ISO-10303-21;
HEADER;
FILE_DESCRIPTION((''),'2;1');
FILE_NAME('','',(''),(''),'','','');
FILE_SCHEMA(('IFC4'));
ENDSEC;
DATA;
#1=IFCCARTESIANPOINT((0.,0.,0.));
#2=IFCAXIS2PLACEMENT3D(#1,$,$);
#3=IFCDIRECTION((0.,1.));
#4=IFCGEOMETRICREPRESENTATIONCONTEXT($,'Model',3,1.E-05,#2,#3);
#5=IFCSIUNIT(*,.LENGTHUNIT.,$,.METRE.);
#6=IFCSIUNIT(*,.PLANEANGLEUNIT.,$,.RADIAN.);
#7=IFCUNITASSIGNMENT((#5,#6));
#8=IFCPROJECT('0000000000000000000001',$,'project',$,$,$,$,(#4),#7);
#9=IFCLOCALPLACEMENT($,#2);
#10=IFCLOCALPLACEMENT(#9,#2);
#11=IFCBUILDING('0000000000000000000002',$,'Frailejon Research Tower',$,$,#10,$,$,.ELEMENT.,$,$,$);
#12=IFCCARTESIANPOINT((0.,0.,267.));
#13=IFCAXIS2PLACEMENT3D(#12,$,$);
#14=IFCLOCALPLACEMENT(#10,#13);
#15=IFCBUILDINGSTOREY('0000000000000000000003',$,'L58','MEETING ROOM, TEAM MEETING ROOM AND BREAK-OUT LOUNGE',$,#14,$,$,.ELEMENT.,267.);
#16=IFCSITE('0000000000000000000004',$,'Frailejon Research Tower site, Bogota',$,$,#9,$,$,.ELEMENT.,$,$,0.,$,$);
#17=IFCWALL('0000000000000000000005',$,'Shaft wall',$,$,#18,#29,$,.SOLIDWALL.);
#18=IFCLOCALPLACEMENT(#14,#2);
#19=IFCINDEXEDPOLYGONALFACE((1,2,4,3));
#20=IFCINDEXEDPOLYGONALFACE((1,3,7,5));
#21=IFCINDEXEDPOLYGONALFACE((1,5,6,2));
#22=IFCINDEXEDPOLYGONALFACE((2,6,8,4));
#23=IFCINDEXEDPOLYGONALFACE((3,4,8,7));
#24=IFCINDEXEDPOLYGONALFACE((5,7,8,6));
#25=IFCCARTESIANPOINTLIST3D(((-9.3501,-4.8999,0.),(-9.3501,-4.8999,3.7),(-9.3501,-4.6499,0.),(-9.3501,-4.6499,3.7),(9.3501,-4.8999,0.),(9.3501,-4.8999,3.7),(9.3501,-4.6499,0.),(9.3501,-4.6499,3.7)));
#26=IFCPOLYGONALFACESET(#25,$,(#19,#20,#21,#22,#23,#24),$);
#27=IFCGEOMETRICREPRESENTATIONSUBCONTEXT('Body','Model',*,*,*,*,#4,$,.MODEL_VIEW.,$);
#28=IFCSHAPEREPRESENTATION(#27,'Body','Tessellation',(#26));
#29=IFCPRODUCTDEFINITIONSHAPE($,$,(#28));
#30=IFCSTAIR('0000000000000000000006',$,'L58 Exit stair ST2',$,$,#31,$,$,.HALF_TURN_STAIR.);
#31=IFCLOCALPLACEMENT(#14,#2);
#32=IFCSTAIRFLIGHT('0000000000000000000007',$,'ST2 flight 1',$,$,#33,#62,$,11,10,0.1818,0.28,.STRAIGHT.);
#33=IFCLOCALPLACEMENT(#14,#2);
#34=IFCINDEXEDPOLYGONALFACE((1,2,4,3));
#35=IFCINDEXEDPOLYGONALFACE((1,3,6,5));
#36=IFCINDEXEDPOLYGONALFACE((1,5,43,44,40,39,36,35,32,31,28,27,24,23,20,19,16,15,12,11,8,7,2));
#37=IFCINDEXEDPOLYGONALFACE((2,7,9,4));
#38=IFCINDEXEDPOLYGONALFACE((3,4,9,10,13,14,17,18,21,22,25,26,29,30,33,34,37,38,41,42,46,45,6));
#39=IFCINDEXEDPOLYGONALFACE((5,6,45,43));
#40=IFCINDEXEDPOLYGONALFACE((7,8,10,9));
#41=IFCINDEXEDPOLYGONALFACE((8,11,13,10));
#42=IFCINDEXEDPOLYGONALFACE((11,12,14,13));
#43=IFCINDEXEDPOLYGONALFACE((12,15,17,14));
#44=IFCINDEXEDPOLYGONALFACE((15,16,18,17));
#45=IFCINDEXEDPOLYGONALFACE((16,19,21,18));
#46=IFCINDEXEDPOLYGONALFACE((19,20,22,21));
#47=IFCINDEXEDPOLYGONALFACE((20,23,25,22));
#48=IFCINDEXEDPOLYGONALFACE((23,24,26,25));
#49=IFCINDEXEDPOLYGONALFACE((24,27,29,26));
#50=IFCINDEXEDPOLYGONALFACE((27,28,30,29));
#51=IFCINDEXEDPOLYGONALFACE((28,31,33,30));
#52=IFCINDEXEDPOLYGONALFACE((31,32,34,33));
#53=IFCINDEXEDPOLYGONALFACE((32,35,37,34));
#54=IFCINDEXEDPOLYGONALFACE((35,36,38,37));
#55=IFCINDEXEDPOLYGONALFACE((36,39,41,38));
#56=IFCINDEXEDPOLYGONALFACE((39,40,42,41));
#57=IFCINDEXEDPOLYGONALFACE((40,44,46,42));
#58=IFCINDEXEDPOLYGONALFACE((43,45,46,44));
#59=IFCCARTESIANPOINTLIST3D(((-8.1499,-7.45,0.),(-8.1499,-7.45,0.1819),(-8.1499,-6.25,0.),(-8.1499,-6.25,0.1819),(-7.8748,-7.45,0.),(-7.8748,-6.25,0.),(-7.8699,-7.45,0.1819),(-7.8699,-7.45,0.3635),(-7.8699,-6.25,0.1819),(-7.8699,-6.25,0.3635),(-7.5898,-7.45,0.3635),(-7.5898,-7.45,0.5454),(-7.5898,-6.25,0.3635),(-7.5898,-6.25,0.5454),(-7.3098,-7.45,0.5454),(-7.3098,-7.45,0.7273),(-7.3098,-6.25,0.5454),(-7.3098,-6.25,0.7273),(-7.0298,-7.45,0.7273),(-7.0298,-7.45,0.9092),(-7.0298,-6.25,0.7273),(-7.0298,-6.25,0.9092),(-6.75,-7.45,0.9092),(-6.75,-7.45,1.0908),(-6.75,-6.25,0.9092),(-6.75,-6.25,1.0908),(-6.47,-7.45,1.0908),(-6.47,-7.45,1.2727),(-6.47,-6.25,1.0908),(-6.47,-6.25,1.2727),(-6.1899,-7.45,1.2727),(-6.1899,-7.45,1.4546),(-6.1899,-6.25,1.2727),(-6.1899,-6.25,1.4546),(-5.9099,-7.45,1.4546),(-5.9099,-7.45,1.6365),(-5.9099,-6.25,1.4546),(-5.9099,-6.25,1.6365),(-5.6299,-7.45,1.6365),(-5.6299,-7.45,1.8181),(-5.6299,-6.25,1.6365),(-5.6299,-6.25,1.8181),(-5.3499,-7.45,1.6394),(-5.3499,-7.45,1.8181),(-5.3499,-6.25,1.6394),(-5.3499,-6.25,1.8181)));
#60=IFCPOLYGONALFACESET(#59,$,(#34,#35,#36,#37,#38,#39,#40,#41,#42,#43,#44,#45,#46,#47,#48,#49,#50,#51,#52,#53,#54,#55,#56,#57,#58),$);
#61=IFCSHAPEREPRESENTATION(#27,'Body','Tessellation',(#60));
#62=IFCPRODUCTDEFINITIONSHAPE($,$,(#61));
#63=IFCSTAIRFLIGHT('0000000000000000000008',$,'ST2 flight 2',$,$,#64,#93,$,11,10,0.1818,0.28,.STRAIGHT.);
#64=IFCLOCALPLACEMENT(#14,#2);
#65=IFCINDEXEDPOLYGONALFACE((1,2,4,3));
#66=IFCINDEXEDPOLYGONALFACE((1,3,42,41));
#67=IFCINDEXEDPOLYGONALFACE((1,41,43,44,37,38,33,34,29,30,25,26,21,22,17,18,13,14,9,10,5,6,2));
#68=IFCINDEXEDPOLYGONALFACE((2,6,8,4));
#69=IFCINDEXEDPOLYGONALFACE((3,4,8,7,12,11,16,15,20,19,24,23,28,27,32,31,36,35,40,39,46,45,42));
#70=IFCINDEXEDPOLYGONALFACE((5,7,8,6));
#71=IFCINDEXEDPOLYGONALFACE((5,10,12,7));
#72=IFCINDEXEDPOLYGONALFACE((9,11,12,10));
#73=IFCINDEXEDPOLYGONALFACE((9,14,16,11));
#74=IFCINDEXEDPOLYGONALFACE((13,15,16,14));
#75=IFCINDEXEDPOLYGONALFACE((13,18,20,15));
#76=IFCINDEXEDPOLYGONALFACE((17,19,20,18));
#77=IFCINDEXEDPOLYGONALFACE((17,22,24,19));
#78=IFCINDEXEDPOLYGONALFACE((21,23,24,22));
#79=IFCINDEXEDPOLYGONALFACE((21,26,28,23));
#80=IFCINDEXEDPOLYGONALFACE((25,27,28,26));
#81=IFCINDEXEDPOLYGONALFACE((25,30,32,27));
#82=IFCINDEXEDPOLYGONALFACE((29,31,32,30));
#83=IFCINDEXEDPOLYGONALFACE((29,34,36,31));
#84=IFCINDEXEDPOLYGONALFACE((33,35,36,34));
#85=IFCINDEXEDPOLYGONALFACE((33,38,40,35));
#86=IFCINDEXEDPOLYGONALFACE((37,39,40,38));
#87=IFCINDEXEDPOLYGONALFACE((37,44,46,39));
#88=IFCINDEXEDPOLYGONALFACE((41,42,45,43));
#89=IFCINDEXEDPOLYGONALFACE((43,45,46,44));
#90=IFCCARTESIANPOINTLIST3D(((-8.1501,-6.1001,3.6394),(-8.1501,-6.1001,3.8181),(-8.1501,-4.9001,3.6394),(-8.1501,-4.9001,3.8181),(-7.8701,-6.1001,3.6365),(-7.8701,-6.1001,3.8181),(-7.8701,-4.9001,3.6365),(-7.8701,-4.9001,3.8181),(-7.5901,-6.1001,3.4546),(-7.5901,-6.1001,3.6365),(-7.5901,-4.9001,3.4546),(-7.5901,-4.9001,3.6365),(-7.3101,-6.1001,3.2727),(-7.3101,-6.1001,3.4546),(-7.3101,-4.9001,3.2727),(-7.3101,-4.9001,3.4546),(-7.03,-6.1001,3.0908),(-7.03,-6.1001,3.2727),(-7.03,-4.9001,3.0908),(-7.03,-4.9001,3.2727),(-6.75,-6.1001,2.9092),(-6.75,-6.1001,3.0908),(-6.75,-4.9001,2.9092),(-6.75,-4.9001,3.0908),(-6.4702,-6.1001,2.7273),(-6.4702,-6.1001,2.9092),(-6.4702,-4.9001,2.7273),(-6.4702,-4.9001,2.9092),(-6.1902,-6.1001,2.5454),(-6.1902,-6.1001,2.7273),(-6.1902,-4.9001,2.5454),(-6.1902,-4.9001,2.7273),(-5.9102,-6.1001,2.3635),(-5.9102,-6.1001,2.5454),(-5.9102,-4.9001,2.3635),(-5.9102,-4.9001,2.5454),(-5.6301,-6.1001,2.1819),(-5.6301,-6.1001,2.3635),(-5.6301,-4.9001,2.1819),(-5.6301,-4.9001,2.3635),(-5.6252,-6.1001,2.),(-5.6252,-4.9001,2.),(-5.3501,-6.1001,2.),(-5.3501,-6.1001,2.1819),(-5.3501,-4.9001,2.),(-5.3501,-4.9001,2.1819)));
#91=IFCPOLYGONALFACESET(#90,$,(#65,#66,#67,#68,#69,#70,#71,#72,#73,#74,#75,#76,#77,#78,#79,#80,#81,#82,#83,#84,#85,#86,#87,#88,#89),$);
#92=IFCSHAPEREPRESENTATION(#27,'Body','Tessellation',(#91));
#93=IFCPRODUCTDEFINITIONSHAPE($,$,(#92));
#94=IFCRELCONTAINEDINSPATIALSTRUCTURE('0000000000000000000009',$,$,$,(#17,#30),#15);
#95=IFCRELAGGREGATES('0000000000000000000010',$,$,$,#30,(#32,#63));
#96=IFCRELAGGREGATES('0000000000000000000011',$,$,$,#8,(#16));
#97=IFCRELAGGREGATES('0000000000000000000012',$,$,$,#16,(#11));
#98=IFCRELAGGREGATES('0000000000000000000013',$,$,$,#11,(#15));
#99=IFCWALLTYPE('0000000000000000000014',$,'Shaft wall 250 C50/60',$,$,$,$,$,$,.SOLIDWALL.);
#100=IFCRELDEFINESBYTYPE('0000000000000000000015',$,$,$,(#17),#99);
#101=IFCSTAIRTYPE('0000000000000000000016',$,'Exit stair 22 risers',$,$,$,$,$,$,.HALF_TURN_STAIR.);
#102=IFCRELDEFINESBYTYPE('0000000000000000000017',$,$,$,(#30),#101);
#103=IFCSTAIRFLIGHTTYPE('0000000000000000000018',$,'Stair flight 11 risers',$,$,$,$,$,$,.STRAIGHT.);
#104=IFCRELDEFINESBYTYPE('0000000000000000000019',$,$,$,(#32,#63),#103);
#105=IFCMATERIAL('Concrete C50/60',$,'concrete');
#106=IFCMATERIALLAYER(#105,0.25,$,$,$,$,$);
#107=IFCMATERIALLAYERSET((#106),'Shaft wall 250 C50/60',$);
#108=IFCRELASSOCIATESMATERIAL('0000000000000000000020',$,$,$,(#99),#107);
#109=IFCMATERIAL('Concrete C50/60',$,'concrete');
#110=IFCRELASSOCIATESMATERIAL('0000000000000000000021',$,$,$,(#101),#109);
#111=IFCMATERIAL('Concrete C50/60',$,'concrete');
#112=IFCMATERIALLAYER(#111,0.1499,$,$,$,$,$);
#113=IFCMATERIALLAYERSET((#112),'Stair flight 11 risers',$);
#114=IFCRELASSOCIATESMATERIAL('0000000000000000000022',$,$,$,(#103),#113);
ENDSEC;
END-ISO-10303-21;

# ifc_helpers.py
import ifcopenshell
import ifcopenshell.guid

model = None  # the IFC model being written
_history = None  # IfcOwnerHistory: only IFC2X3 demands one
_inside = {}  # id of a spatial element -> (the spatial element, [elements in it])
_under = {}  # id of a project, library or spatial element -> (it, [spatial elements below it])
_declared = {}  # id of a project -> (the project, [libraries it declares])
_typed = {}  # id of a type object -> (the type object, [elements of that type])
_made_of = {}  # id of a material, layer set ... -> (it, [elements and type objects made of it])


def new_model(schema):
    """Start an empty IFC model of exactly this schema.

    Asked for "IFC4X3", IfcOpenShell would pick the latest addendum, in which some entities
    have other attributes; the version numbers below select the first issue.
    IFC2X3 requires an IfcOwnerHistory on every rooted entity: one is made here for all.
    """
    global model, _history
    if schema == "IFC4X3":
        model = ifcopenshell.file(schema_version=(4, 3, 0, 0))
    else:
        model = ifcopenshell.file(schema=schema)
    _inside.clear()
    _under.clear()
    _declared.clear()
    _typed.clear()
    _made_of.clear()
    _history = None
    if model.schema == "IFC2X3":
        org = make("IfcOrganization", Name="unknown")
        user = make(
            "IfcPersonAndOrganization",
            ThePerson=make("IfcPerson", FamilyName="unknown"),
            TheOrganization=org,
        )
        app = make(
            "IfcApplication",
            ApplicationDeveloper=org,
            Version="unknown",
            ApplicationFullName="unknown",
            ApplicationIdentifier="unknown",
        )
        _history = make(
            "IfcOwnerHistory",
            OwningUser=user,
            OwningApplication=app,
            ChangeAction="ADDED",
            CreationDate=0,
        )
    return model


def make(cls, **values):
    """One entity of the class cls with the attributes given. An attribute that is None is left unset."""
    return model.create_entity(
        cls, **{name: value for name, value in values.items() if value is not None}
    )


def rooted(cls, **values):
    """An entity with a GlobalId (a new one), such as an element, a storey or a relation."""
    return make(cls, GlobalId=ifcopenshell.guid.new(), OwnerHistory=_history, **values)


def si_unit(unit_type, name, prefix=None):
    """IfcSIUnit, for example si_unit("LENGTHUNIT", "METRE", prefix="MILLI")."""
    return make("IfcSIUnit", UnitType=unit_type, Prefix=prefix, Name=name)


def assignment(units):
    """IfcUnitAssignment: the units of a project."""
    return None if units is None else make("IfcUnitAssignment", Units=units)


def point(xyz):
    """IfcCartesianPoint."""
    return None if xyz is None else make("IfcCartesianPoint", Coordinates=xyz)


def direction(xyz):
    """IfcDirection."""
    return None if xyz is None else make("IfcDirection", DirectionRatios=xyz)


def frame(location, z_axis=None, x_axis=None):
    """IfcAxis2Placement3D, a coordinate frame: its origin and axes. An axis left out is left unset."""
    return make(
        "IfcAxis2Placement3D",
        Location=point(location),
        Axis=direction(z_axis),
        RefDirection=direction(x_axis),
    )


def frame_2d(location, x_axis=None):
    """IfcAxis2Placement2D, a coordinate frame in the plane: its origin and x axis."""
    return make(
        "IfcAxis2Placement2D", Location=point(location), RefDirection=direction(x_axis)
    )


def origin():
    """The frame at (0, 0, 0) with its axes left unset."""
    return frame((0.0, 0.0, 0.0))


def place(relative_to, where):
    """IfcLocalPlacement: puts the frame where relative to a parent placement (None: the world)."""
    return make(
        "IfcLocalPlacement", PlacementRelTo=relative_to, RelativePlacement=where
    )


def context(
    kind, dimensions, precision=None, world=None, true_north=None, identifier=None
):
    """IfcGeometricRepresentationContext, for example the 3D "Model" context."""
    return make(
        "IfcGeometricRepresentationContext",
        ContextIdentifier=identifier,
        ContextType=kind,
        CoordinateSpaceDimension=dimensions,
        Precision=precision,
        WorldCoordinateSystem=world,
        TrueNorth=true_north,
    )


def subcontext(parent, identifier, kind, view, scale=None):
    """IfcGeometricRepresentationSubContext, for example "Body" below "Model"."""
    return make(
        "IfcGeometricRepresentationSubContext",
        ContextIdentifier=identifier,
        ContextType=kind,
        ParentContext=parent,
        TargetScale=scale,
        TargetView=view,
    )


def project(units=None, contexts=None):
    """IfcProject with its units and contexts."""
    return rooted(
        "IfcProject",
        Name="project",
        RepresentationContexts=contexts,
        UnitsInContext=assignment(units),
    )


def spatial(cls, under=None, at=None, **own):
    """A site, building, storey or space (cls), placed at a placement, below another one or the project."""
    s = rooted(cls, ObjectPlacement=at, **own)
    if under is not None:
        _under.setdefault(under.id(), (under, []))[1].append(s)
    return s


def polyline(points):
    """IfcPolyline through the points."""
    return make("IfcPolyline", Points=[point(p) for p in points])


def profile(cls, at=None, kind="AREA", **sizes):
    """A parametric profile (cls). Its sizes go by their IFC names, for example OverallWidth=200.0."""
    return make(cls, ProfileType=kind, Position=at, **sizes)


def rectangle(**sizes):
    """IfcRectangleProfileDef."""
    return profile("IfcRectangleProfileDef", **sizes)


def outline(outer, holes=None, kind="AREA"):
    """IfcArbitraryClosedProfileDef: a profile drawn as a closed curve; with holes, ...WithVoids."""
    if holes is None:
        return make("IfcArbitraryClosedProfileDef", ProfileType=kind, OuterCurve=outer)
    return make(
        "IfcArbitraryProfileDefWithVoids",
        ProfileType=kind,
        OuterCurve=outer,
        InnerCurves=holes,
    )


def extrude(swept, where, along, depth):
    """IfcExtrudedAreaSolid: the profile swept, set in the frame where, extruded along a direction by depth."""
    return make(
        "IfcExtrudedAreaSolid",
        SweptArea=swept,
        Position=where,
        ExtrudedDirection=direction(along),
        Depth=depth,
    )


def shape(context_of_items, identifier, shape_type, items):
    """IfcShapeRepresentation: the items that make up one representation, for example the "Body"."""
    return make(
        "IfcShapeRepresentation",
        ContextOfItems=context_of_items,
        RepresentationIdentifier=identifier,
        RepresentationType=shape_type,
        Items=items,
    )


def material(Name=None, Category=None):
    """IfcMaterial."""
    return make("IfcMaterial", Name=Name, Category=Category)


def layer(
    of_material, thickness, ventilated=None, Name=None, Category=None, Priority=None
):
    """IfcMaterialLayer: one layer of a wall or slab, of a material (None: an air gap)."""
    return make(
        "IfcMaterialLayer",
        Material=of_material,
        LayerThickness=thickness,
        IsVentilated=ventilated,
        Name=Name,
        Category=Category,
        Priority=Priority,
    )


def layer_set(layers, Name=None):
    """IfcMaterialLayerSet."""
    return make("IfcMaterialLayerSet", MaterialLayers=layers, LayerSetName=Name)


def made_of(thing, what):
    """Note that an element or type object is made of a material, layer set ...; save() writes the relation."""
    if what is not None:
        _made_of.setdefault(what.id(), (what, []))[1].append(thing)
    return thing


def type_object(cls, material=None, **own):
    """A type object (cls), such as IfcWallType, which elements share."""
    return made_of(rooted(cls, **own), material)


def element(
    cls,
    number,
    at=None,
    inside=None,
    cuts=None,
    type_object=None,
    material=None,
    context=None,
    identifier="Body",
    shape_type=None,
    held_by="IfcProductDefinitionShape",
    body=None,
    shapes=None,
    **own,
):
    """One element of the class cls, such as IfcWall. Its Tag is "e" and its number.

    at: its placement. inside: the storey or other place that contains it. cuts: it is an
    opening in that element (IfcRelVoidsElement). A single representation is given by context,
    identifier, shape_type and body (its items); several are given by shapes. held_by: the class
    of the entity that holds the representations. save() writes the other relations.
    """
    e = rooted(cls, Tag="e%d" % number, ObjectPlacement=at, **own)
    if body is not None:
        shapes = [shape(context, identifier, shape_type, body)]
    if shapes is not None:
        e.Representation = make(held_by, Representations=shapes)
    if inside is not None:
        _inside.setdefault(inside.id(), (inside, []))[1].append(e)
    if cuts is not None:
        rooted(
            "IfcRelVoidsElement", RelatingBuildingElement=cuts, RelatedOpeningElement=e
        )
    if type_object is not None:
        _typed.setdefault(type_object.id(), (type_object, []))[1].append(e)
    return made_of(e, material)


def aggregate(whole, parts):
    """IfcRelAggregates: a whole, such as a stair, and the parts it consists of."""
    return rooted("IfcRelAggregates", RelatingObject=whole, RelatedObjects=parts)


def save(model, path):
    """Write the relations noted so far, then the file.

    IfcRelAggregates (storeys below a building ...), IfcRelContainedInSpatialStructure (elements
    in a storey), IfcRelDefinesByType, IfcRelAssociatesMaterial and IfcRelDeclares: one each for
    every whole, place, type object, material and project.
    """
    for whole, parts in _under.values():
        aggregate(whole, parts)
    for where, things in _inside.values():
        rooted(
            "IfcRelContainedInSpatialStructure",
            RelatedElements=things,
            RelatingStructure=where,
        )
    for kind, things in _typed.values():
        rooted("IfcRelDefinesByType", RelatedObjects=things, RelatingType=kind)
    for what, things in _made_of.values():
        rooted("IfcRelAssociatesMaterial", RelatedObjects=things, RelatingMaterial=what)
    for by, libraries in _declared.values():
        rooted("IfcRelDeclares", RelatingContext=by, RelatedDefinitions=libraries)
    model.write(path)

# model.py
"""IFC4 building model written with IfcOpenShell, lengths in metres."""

from ifc_helpers import new_model, si_unit, direction, frame, frame_2d, origin, place, context, subcontext, project, spatial, polyline, rectangle, outline, extrude, material, layer, layer_set, type_object, element, aggregate, save


model = new_model("IFC4")

# Units and contexts
model_context = context("Model", 3, precision=1e-05, world=origin(), true_north=direction((0.0, 1.0)))
body_context = subcontext(model_context, "Body", "Model", "MODEL_VIEW")
ifc_project = project(units=[si_unit("LENGTHUNIT", "METRE"), si_unit("PLANEANGLEUNIT", "RADIAN")], contexts=[model_context])

# Site, building, storey
site_placement = place(None, origin())
site = spatial("IfcSite", under=ifc_project, at=site_placement, Name="Frailejon Research Tower site, Bogota", CompositionType="ELEMENT", RefElevation=0.0)
building_placement = place(site_placement, origin())
building = spatial("IfcBuilding", under=site, at=building_placement, Name="Frailejon Research Tower", CompositionType="ELEMENT")
storey_placement = place(building_placement, frame((0.0, 0.0, 267.0)))
storey = spatial("IfcBuildingStorey", under=building, at=storey_placement, Name="L58", Description="MEETING ROOM, TEAM MEETING ROOM AND BREAK-OUT LOUNGE", CompositionType="ELEMENT", Elevation=267.0)

# Shared definitions
ifc_material_1 = material(Name="Concrete C50/60", Category="concrete")
ifc_layer_1 = layer(ifc_material_1, 0.25)
ifc_layer_set_1 = layer_set([ifc_layer_1], Name="Shaft wall 250 C50/60")
wall_type_1 = type_object("IfcWallType", Name="Shaft wall 250 C50/60", PredefinedType="SOLIDWALL", material=ifc_layer_set_1)

# Wall
wall_1_placement = place(storey_placement, frame((-9.3501, -4.7749, 0.0), z_axis=(0.0, 0.0, 1.0), x_axis=(1.0, 0.0, 0.0)))
element("IfcWall", 1, at=wall_1_placement, inside=storey, type_object=wall_type_1, Name="Shaft wall", PredefinedType="SOLIDWALL", context=body_context, shape_type="SweptSolid", body=[
    extrude(rectangle(XDim=18.7002, YDim=0.25, at=frame_2d((9.3501, 0.0))), origin(), (0.0, 0.0, 1.0), 3.7),
])

# Stair, stair flights
ifc_material_2 = material(Name="Concrete C50/60", Category="concrete")
stair_type = type_object("IfcStairType", Name="Exit stair 22 risers", PredefinedType="HALF_TURN_STAIR", material=ifc_material_2)
stair_placement = place(storey_placement, origin())
stair = element("IfcStair", 2, at=stair_placement, inside=storey, type_object=stair_type, Name="L58 Exit stair ST2", PredefinedType="HALF_TURN_STAIR")
ifc_material_3 = material(Name="Concrete C50/60", Category="concrete")
ifc_layer_2 = layer(ifc_material_3, 0.1499)
ifc_layer_set_2 = layer_set([ifc_layer_2], Name="Stair flight 11 risers")
stair_flight_type = type_object("IfcStairFlightType", Name="Stair flight 11 risers", PredefinedType="STRAIGHT", material=ifc_layer_set_2)
stair_flight_1_placement = place(storey_placement, frame((-8.1499, -6.8501, 0.0), z_axis=(0.0, 0.0, 1.0), x_axis=(1.0, 0.0, 0.0)))
stair_flight_1 = element("IfcStairFlight", 3, at=stair_flight_1_placement, type_object=stair_flight_type, Name="ST2 flight 1", NumberOfRisers=11, NumberOfTreads=10, PredefinedType="STRAIGHT", RiserHeight=0.1818, TreadLength=0.28, context=body_context, shape_type="SweptSolid", body=[
    extrude(outline(polyline([(0.0, 0.0), (0.0, 0.1819), (0.28, 0.1819), (0.28, 0.3635), (0.5601, 0.3635), (0.5601, 0.5454), (0.8401, 0.5454), (0.8401, 0.7273), (1.1201, 0.7273), (1.1201, 0.9092), (1.3999, 0.9092), (1.3999, 1.0908), (1.6799, 1.0908), (1.6799, 1.2727), (1.96, 1.2727), (1.96, 1.4546), (2.24, 1.4546), (2.24, 1.6365), (2.52, 1.6365), (2.52, 1.8181), (2.8, 1.8181), (2.8, 2.0), (2.8, 1.6394), (0.2751, 0.0), (0.0, 0.0)])), frame((0.0, 0.6001, 0.0), z_axis=(0.0, -1.0, 0.0), x_axis=(1.0, 0.0, 0.0)), (0.0, 0.0, 1.0), 1.2),
])
stair_flight_2_placement = place(storey_placement, frame((-5.3501, -5.5, 2.0), z_axis=(0.0, 0.0, 1.0), x_axis=(-1.0, 0.0, 0.0)))
stair_flight_2 = element("IfcStairFlight", 4, at=stair_flight_2_placement, type_object=stair_flight_type, Name="ST2 flight 2", NumberOfRisers=11, NumberOfTreads=10, PredefinedType="STRAIGHT", RiserHeight=0.1818, TreadLength=0.28, context=body_context, shape_type="SweptSolid", body=[
    extrude(outline(polyline([(0.0, 0.0), (0.0, 0.1819), (0.28, 0.1819), (0.28, 0.3635), (0.5601, 0.3635), (0.5601, 0.5454), (0.8401, 0.5454), (0.8401, 0.7273), (1.1201, 0.7273), (1.1201, 0.9092), (1.3999, 0.9092), (1.3999, 1.0908), (1.6799, 1.0908), (1.6799, 1.2727), (1.96, 1.2727), (1.96, 1.4546), (2.24, 1.4546), (2.24, 1.6365), (2.52, 1.6365), (2.52, 1.8181), (2.8, 1.8181), (2.8, 2.0), (2.8, 1.6394), (0.2751, 0.0), (0.0, 0.0)])), frame((0.0, 0.6001, 0.0), z_axis=(0.0, -1.0, 0.0), x_axis=(1.0, 0.0, 0.0)), (0.0, 0.0, 1.0), 1.2),
])
aggregate(stair, [stair_flight_1, stair_flight_2])

save(model, "model.ifc")
